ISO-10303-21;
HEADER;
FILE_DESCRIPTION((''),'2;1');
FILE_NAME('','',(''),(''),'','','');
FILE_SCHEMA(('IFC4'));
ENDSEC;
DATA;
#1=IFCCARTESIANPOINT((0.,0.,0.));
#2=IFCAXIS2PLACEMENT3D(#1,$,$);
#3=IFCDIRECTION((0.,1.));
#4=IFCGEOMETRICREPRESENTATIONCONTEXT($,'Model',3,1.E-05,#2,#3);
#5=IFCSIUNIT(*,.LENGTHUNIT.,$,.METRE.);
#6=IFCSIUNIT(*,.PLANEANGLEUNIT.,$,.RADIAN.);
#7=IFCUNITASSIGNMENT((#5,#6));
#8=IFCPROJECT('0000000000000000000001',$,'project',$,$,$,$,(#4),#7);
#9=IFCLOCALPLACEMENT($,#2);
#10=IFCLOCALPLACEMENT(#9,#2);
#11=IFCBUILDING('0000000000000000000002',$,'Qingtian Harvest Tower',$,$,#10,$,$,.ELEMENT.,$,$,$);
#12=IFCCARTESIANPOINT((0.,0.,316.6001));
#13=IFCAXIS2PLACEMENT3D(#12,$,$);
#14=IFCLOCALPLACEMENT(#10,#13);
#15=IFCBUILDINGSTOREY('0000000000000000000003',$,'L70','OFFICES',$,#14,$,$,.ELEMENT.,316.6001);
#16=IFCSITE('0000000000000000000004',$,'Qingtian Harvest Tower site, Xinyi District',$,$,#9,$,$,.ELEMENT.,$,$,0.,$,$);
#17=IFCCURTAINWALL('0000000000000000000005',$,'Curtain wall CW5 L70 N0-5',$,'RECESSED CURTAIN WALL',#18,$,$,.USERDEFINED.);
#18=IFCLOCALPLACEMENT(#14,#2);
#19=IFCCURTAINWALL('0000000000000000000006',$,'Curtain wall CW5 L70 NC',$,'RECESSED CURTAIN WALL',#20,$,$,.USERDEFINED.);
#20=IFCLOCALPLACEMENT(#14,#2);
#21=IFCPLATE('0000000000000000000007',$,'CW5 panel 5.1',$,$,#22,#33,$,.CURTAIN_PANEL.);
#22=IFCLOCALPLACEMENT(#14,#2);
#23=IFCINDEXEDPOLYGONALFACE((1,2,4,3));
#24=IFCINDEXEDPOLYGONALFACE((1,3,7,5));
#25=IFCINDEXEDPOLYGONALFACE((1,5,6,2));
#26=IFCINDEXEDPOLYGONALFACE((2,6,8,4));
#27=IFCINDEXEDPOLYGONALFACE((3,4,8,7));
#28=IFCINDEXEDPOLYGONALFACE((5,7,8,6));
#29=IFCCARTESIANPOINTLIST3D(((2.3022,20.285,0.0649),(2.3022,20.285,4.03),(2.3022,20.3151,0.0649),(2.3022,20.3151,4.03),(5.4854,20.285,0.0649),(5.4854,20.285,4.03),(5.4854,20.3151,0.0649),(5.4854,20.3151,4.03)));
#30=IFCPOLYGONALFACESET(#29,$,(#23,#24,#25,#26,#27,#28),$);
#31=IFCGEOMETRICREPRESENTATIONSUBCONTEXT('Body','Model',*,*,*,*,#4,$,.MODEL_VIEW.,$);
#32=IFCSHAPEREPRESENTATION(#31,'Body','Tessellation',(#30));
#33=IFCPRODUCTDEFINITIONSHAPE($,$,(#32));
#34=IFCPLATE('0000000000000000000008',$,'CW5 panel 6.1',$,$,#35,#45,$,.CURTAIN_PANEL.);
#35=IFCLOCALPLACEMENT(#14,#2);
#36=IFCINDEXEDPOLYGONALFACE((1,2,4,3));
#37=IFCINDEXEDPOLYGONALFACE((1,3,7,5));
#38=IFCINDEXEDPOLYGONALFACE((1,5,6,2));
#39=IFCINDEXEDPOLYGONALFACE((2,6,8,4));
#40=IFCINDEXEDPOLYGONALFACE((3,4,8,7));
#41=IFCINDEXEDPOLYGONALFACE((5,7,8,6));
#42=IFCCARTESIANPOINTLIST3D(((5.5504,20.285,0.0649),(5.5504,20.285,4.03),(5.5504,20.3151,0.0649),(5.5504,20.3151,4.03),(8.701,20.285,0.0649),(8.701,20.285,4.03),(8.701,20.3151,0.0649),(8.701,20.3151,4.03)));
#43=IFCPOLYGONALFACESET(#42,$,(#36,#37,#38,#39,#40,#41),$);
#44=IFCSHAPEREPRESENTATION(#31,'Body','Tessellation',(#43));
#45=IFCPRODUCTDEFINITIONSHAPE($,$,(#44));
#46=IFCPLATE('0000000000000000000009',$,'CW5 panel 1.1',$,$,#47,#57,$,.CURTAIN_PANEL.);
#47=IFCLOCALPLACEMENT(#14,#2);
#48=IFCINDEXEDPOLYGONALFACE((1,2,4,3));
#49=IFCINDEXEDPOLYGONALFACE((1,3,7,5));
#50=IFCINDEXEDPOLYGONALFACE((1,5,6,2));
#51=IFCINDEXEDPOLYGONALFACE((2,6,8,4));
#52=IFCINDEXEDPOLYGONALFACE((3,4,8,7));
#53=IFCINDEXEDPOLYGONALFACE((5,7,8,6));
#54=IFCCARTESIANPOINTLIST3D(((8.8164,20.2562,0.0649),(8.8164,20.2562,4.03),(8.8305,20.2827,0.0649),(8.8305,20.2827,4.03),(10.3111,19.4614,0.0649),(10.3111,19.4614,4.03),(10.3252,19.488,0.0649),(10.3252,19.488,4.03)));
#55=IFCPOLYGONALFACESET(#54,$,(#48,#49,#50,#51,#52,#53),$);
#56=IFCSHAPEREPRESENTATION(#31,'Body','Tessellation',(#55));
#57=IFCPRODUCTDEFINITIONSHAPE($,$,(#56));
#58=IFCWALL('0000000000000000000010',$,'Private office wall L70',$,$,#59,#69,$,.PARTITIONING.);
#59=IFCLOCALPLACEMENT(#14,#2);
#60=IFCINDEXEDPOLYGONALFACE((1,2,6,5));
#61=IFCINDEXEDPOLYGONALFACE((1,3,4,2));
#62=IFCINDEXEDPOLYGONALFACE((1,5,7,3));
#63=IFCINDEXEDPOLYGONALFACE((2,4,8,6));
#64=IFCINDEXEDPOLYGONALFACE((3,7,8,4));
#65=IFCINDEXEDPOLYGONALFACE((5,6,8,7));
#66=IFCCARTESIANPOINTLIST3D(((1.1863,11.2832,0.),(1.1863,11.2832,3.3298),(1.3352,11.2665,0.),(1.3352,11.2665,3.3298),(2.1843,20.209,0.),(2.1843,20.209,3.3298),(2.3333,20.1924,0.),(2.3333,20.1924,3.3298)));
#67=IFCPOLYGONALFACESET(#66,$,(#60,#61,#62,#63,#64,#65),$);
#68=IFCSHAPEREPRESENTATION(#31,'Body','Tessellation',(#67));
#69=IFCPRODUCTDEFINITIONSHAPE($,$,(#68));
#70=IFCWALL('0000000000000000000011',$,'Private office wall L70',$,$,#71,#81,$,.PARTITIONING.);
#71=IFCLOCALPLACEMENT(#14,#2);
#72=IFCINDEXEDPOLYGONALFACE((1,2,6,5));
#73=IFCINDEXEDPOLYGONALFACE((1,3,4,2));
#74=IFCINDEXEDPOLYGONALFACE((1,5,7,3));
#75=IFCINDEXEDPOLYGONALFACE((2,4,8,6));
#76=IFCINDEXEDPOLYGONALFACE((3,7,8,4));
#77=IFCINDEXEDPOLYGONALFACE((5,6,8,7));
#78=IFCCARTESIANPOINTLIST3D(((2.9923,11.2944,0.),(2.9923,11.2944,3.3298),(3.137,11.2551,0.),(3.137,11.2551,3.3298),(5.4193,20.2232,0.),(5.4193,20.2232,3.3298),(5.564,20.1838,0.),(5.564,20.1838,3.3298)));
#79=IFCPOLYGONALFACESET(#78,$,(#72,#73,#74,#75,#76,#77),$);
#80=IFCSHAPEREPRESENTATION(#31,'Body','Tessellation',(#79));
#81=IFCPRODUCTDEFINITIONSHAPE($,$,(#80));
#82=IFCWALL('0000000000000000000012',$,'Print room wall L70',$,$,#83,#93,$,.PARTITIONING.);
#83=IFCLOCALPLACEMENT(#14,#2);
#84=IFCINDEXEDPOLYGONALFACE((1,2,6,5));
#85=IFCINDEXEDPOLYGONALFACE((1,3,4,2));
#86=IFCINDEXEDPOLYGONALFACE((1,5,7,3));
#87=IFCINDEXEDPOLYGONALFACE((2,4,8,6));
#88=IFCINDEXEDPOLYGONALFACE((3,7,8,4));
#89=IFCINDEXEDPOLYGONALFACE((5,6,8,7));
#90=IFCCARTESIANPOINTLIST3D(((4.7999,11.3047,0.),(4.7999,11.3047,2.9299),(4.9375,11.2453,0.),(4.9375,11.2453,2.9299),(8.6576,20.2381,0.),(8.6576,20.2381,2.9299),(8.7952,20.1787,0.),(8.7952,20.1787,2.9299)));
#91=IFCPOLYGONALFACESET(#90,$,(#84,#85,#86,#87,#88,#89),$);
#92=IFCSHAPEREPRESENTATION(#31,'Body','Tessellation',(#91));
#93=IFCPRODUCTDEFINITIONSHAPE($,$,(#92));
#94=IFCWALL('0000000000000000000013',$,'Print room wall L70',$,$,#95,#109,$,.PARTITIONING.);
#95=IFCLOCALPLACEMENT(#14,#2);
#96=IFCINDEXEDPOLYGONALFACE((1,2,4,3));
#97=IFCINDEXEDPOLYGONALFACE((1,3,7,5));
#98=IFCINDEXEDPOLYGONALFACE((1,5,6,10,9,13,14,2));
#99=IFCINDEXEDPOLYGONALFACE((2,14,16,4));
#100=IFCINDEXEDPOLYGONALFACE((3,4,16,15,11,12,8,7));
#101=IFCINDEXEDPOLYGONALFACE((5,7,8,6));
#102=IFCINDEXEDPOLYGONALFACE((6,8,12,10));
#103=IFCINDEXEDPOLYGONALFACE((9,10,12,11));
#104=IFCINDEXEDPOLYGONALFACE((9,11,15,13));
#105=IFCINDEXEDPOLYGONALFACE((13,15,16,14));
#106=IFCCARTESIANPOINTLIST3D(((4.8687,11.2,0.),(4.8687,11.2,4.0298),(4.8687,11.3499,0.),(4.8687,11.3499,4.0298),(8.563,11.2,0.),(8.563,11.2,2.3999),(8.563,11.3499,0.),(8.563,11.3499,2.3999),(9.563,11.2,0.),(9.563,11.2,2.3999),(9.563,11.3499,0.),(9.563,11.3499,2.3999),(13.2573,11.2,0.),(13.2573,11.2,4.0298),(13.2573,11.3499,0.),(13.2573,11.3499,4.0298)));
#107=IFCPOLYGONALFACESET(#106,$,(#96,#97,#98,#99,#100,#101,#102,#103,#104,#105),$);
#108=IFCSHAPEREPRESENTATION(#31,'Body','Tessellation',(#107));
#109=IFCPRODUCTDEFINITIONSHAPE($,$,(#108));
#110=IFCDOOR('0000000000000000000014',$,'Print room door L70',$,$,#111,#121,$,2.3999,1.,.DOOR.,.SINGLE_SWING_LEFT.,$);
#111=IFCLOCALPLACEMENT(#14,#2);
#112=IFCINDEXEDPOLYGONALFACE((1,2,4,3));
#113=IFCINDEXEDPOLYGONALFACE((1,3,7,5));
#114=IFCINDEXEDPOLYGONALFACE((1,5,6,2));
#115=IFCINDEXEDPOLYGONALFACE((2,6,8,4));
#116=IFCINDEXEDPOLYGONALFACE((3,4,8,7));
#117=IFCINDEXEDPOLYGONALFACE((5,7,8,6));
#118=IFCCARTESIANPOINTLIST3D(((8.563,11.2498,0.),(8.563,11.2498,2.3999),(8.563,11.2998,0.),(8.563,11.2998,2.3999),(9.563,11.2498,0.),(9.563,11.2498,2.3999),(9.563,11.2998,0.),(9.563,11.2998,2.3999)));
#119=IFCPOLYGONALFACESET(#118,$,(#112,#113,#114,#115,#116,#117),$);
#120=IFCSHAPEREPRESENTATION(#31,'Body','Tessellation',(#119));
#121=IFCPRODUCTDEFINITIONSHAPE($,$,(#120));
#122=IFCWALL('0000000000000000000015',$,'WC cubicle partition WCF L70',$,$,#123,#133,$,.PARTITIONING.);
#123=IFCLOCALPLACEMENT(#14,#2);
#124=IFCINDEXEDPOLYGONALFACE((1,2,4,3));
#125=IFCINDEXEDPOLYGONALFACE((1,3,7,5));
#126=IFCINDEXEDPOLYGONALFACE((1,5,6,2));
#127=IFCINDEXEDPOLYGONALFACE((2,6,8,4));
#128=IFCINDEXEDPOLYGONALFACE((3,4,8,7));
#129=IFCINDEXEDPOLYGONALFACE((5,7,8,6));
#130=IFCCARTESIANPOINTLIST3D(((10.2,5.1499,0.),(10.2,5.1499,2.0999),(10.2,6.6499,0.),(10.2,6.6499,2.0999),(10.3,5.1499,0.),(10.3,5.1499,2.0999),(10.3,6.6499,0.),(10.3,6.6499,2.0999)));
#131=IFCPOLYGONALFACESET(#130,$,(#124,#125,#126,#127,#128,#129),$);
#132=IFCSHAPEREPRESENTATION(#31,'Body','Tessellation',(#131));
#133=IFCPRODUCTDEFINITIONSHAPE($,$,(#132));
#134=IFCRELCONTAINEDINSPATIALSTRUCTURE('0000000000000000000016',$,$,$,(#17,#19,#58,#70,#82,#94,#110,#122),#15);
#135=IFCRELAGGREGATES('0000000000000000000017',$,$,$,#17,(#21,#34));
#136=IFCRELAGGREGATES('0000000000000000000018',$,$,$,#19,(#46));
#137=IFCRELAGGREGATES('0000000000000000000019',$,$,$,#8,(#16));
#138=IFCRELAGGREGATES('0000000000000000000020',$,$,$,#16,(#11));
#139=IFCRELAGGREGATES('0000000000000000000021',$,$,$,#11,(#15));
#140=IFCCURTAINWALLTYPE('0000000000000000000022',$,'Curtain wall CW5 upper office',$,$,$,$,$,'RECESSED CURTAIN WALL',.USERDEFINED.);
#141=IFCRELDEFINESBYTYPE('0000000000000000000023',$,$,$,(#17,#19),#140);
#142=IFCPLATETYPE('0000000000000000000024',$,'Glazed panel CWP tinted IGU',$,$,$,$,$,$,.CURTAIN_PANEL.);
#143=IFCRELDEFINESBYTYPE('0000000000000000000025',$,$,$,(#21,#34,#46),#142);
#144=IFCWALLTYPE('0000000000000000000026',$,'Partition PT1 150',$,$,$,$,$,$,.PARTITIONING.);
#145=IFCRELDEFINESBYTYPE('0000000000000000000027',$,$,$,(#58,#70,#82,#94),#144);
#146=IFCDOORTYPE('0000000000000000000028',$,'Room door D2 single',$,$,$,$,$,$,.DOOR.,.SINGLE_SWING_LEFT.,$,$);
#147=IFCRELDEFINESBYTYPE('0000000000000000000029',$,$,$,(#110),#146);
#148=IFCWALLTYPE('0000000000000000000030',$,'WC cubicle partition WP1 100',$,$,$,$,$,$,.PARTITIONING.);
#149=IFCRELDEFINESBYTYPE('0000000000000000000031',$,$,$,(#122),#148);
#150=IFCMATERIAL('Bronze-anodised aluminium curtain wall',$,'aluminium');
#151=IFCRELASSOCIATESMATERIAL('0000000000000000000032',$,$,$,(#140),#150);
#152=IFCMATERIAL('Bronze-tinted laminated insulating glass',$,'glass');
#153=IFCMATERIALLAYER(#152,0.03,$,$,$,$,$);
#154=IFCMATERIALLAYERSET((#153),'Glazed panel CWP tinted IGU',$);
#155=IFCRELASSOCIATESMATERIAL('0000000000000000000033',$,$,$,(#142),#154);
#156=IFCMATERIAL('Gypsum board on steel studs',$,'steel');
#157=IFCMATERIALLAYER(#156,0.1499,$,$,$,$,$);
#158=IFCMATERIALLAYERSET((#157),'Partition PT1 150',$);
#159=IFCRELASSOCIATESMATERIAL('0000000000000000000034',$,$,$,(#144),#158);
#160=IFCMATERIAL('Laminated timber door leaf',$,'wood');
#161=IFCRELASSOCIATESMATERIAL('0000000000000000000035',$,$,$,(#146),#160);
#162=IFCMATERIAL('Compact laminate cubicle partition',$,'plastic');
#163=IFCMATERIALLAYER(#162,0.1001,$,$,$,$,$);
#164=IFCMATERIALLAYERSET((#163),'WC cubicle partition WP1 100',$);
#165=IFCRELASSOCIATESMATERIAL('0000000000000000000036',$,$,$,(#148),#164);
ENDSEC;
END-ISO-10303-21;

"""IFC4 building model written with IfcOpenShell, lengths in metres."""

from ifc_helpers import new_model, si_unit, direction, frame, frame_2d, origin, origin_2d, place, context, subcontext, project, spatial, rectangle, extrude, material, layer, layer_set, type_object, element, fill, aggregate, save


model = new_model("IFC4")

# Units and contexts
model_context = context("Model", 3, precision=1e-05, world=origin(), true_north=direction((0.0, 1.0)))
body_context = subcontext(model_context, "Body", "Model", "MODEL_VIEW")
ifc_project = project(units=[si_unit("LENGTHUNIT", "METRE"), si_unit("PLANEANGLEUNIT", "RADIAN")], contexts=[model_context])

# Site, building, storey
site_placement = place(None, origin())
site = spatial("IfcSite", under=ifc_project, at=site_placement, Name="Qingtian Harvest Tower site, Xinyi District", CompositionType="ELEMENT", RefElevation=0.0)
building_placement = place(site_placement, origin())
building = spatial("IfcBuilding", under=site, at=building_placement, Name="Qingtian Harvest Tower", CompositionType="ELEMENT")
storey_placement = place(building_placement, frame((0.0, 0.0, 316.6001)))
storey = spatial("IfcBuildingStorey", under=building, at=storey_placement, Name="L70", Description="OFFICES", CompositionType="ELEMENT", Elevation=316.6001)

# Curtain walls
ifc_material_1 = material(Name="Bronze-anodised aluminium curtain wall", Category="aluminium")
curtain_wall_type = type_object("IfcCurtainWallType", Name="Curtain wall CW5 upper office", ElementType="RECESSED CURTAIN WALL", PredefinedType="USERDEFINED", material=ifc_material_1)
curtain_wall_1_placement = place(storey_placement, origin())
curtain_wall_1 = element("IfcCurtainWall", 1, at=curtain_wall_1_placement, inside=storey, type_object=curtain_wall_type, Name="Curtain wall CW5 L70 N0-5", ObjectType="RECESSED CURTAIN WALL", PredefinedType="USERDEFINED")
curtain_wall_2_placement = place(storey_placement, origin())
curtain_wall_2 = element("IfcCurtainWall", 2, at=curtain_wall_2_placement, inside=storey, type_object=curtain_wall_type, Name="Curtain wall CW5 L70 NC", ObjectType="RECESSED CURTAIN WALL", PredefinedType="USERDEFINED")

# Plates
ifc_material_2 = material(Name="Bronze-tinted laminated insulating glass", Category="glass")
ifc_layer_1 = layer(ifc_material_2, 0.03)
ifc_layer_set_1 = layer_set([ifc_layer_1], Name="Glazed panel CWP tinted IGU")
plate_type = type_object("IfcPlateType", Name="Glazed panel CWP tinted IGU", PredefinedType="CURTAIN_PANEL", material=ifc_layer_set_1)
plate_1_placement = place(storey_placement, frame((3.8938, 20.3, 0.0649), z_axis=(0.0, 0.0, 1.0), x_axis=(1.0, 0.0, 0.0)))
plate_1 = element("IfcPlate", 3, at=plate_1_placement, type_object=plate_type, Name="CW5 panel 5.1", PredefinedType="CURTAIN_PANEL", context=body_context, shape_type="SweptSolid", body=[
    extrude(rectangle(XDim=3.1831, YDim=0.03, at=origin_2d()), origin(), (0.0, 0.0, 1.0), 3.9651),
])
plate_2_placement = place(storey_placement, frame((7.1257, 20.3, 0.0649), z_axis=(0.0, 0.0, 1.0), x_axis=(1.0, 0.0, 0.0)))
plate_2 = element("IfcPlate", 4, at=plate_2_placement, type_object=plate_type, Name="CW5 panel 6.1", PredefinedType="CURTAIN_PANEL", context=body_context, shape_type="SweptSolid", body=[
    extrude(rectangle(XDim=3.1506, YDim=0.03, at=origin_2d()), origin(), (0.0, 0.0, 1.0), 3.9651),
])
aggregate(curtain_wall_1, [plate_1, plate_2])
plate_3_placement = place(storey_placement, frame((9.5708, 19.8721, 0.0649), z_axis=(0.0, 0.0, 1.0), x_axis=(0.882948, -0.469472, 0.0)))
plate_3 = element("IfcPlate", 5, at=plate_3_placement, type_object=plate_type, Name="CW5 panel 1.1", PredefinedType="CURTAIN_PANEL", context=body_context, shape_type="SweptSolid", body=[
    extrude(rectangle(XDim=1.6929, YDim=0.03, at=origin_2d()), origin(), (0.0, 0.0, 1.0), 3.9651),
])
aggregate(curtain_wall_2, [plate_3])

# Wall
ifc_material_3 = material(Name="Gypsum board on steel studs", Category="steel")
ifc_layer_2 = layer(ifc_material_3, 0.1499)
ifc_layer_set_2 = layer_set([ifc_layer_2], Name="Partition PT1 150")
wall_type_1 = type_object("IfcWallType", Name="Partition PT1 150", PredefinedType="PARTITIONING", material=ifc_layer_set_2)
wall_1_placement = place(storey_placement, frame((2.2588, 20.2007, 0.0), z_axis=(0.0, 0.0, 1.0), x_axis=(-0.111124, -0.993807, 0.0)))
element("IfcWall", 6, at=wall_1_placement, inside=storey, type_object=wall_type_1, Name="Private office wall L70", PredefinedType="PARTITIONING", context=body_context, shape_type="SweptSolid", body=[
    extrude(rectangle(XDim=8.9814, YDim=0.1499, at=frame_2d((4.4907, 0.0))), origin(), (0.0, 0.0, 1.0), 3.3298),
])

# Shared definitions
ifc_material_4 = material(Name="Laminated timber door leaf", Category="wood")
door_type = type_object("IfcDoorType", Name="Room door D2 single", OperationType="SINGLE_SWING_LEFT", PredefinedType="DOOR", material=ifc_material_4)

# Wall
wall_2_placement = place(storey_placement, frame((5.4917, 20.2036, 0.0), z_axis=(0.0, 0.0, 1.0), x_axis=(-0.262302, -0.964986, 0.0)))
element("IfcWall", 7, at=wall_2_placement, inside=storey, type_object=wall_type_1, Name="Private office wall L70", PredefinedType="PARTITIONING", context=body_context, shape_type="SweptSolid", body=[
    extrude(rectangle(XDim=9.2527, YDim=0.1499, at=frame_2d((4.6265, 0.0))), origin(), (0.0, 0.0, 1.0), 3.3298),
])

# Wall
wall_3_placement = place(storey_placement, frame((8.7263, 20.2083, 0.0), z_axis=(0.0, 0.0, 1.0), x_axis=(-0.396443, -0.918059, 0.0)))
element("IfcWall", 8, at=wall_3_placement, inside=storey, type_object=wall_type_1, Name="Print room wall L70", PredefinedType="PARTITIONING", context=body_context, shape_type="SweptSolid", body=[
    extrude(rectangle(XDim=9.7307, YDim=0.1499, at=frame_2d((4.8652, 0.0))), origin(), (0.0, 0.0, 1.0), 2.9299),
])

# Wall, opening, door
wall_4_placement = place(storey_placement, frame((4.8687, 11.2749, 0.0), z_axis=(0.0, 0.0, 1.0), x_axis=(1.0, 0.0, 0.0)))
wall_4 = element("IfcWall", 9, at=wall_4_placement, inside=storey, type_object=wall_type_1, Name="Print room wall L70", PredefinedType="PARTITIONING", context=body_context, shape_type="SweptSolid", body=[
    extrude(rectangle(XDim=8.3887, YDim=0.1499, at=frame_2d((4.1943, 0.0))), origin(), (0.0, 0.0, 1.0), 4.0298),
])
opening_1_placement = place(wall_4_placement, frame((3.6943, 0.0, 0.0)))
opening_1 = element("IfcOpeningElement", 10, at=opening_1_placement, cuts=wall_4, PredefinedType="OPENING", context=body_context, shape_type="SweptSolid", body=[
    extrude(rectangle(XDim=1.0, YDim=2.3999, at=frame_2d((0.5, 1.2))), frame((0.0, 0.085, 0.0), z_axis=(0.0, -1.0, 0.0), x_axis=(1.0, 0.0, 0.0)), (0.0, 0.0, 1.0), 0.1699),
])
door_1_placement = place(opening_1_placement, origin())
door_1 = element("IfcDoor", 11, at=door_1_placement, inside=storey, type_object=door_type, Name="Print room door L70", OperationType="SINGLE_SWING_LEFT", OverallHeight=2.3999, OverallWidth=1.0, PredefinedType="DOOR", context=body_context, shape_type="SweptSolid", body=[
    extrude(rectangle(XDim=1.0, YDim=2.3999, at=frame_2d((0.5, 1.2))), frame((0.0, 0.0249, 0.0), z_axis=(0.0, -1.0, 0.0), x_axis=(1.0, 0.0, 0.0)), (0.0, 0.0, 1.0), 0.05),
])
fill(opening_1, door_1)

# Wall
ifc_material_5 = material(Name="Compact laminate cubicle partition", Category="plastic")
ifc_layer_3 = layer(ifc_material_5, 0.1001)
ifc_layer_set_3 = layer_set([ifc_layer_3], Name="WC cubicle partition WP1 100")
wall_type_2 = type_object("IfcWallType", Name="WC cubicle partition WP1 100", PredefinedType="PARTITIONING", material=ifc_layer_set_3)
wall_5_placement = place(storey_placement, frame((10.25, 5.1499, 0.0), z_axis=(0.0, 0.0, 1.0), x_axis=(0.0, 1.0, 0.0)))
element("IfcWall", 12, at=wall_5_placement, inside=storey, type_object=wall_type_2, Name="WC cubicle partition WCF L70", PredefinedType="PARTITIONING", context=body_context, shape_type="SweptSolid", body=[
    extrude(rectangle(XDim=1.5, YDim=0.1001, at=frame_2d((0.75, 0.0))), origin(), (0.0, 0.0, 1.0), 2.0999),
])

save(model, "model.ifc")
